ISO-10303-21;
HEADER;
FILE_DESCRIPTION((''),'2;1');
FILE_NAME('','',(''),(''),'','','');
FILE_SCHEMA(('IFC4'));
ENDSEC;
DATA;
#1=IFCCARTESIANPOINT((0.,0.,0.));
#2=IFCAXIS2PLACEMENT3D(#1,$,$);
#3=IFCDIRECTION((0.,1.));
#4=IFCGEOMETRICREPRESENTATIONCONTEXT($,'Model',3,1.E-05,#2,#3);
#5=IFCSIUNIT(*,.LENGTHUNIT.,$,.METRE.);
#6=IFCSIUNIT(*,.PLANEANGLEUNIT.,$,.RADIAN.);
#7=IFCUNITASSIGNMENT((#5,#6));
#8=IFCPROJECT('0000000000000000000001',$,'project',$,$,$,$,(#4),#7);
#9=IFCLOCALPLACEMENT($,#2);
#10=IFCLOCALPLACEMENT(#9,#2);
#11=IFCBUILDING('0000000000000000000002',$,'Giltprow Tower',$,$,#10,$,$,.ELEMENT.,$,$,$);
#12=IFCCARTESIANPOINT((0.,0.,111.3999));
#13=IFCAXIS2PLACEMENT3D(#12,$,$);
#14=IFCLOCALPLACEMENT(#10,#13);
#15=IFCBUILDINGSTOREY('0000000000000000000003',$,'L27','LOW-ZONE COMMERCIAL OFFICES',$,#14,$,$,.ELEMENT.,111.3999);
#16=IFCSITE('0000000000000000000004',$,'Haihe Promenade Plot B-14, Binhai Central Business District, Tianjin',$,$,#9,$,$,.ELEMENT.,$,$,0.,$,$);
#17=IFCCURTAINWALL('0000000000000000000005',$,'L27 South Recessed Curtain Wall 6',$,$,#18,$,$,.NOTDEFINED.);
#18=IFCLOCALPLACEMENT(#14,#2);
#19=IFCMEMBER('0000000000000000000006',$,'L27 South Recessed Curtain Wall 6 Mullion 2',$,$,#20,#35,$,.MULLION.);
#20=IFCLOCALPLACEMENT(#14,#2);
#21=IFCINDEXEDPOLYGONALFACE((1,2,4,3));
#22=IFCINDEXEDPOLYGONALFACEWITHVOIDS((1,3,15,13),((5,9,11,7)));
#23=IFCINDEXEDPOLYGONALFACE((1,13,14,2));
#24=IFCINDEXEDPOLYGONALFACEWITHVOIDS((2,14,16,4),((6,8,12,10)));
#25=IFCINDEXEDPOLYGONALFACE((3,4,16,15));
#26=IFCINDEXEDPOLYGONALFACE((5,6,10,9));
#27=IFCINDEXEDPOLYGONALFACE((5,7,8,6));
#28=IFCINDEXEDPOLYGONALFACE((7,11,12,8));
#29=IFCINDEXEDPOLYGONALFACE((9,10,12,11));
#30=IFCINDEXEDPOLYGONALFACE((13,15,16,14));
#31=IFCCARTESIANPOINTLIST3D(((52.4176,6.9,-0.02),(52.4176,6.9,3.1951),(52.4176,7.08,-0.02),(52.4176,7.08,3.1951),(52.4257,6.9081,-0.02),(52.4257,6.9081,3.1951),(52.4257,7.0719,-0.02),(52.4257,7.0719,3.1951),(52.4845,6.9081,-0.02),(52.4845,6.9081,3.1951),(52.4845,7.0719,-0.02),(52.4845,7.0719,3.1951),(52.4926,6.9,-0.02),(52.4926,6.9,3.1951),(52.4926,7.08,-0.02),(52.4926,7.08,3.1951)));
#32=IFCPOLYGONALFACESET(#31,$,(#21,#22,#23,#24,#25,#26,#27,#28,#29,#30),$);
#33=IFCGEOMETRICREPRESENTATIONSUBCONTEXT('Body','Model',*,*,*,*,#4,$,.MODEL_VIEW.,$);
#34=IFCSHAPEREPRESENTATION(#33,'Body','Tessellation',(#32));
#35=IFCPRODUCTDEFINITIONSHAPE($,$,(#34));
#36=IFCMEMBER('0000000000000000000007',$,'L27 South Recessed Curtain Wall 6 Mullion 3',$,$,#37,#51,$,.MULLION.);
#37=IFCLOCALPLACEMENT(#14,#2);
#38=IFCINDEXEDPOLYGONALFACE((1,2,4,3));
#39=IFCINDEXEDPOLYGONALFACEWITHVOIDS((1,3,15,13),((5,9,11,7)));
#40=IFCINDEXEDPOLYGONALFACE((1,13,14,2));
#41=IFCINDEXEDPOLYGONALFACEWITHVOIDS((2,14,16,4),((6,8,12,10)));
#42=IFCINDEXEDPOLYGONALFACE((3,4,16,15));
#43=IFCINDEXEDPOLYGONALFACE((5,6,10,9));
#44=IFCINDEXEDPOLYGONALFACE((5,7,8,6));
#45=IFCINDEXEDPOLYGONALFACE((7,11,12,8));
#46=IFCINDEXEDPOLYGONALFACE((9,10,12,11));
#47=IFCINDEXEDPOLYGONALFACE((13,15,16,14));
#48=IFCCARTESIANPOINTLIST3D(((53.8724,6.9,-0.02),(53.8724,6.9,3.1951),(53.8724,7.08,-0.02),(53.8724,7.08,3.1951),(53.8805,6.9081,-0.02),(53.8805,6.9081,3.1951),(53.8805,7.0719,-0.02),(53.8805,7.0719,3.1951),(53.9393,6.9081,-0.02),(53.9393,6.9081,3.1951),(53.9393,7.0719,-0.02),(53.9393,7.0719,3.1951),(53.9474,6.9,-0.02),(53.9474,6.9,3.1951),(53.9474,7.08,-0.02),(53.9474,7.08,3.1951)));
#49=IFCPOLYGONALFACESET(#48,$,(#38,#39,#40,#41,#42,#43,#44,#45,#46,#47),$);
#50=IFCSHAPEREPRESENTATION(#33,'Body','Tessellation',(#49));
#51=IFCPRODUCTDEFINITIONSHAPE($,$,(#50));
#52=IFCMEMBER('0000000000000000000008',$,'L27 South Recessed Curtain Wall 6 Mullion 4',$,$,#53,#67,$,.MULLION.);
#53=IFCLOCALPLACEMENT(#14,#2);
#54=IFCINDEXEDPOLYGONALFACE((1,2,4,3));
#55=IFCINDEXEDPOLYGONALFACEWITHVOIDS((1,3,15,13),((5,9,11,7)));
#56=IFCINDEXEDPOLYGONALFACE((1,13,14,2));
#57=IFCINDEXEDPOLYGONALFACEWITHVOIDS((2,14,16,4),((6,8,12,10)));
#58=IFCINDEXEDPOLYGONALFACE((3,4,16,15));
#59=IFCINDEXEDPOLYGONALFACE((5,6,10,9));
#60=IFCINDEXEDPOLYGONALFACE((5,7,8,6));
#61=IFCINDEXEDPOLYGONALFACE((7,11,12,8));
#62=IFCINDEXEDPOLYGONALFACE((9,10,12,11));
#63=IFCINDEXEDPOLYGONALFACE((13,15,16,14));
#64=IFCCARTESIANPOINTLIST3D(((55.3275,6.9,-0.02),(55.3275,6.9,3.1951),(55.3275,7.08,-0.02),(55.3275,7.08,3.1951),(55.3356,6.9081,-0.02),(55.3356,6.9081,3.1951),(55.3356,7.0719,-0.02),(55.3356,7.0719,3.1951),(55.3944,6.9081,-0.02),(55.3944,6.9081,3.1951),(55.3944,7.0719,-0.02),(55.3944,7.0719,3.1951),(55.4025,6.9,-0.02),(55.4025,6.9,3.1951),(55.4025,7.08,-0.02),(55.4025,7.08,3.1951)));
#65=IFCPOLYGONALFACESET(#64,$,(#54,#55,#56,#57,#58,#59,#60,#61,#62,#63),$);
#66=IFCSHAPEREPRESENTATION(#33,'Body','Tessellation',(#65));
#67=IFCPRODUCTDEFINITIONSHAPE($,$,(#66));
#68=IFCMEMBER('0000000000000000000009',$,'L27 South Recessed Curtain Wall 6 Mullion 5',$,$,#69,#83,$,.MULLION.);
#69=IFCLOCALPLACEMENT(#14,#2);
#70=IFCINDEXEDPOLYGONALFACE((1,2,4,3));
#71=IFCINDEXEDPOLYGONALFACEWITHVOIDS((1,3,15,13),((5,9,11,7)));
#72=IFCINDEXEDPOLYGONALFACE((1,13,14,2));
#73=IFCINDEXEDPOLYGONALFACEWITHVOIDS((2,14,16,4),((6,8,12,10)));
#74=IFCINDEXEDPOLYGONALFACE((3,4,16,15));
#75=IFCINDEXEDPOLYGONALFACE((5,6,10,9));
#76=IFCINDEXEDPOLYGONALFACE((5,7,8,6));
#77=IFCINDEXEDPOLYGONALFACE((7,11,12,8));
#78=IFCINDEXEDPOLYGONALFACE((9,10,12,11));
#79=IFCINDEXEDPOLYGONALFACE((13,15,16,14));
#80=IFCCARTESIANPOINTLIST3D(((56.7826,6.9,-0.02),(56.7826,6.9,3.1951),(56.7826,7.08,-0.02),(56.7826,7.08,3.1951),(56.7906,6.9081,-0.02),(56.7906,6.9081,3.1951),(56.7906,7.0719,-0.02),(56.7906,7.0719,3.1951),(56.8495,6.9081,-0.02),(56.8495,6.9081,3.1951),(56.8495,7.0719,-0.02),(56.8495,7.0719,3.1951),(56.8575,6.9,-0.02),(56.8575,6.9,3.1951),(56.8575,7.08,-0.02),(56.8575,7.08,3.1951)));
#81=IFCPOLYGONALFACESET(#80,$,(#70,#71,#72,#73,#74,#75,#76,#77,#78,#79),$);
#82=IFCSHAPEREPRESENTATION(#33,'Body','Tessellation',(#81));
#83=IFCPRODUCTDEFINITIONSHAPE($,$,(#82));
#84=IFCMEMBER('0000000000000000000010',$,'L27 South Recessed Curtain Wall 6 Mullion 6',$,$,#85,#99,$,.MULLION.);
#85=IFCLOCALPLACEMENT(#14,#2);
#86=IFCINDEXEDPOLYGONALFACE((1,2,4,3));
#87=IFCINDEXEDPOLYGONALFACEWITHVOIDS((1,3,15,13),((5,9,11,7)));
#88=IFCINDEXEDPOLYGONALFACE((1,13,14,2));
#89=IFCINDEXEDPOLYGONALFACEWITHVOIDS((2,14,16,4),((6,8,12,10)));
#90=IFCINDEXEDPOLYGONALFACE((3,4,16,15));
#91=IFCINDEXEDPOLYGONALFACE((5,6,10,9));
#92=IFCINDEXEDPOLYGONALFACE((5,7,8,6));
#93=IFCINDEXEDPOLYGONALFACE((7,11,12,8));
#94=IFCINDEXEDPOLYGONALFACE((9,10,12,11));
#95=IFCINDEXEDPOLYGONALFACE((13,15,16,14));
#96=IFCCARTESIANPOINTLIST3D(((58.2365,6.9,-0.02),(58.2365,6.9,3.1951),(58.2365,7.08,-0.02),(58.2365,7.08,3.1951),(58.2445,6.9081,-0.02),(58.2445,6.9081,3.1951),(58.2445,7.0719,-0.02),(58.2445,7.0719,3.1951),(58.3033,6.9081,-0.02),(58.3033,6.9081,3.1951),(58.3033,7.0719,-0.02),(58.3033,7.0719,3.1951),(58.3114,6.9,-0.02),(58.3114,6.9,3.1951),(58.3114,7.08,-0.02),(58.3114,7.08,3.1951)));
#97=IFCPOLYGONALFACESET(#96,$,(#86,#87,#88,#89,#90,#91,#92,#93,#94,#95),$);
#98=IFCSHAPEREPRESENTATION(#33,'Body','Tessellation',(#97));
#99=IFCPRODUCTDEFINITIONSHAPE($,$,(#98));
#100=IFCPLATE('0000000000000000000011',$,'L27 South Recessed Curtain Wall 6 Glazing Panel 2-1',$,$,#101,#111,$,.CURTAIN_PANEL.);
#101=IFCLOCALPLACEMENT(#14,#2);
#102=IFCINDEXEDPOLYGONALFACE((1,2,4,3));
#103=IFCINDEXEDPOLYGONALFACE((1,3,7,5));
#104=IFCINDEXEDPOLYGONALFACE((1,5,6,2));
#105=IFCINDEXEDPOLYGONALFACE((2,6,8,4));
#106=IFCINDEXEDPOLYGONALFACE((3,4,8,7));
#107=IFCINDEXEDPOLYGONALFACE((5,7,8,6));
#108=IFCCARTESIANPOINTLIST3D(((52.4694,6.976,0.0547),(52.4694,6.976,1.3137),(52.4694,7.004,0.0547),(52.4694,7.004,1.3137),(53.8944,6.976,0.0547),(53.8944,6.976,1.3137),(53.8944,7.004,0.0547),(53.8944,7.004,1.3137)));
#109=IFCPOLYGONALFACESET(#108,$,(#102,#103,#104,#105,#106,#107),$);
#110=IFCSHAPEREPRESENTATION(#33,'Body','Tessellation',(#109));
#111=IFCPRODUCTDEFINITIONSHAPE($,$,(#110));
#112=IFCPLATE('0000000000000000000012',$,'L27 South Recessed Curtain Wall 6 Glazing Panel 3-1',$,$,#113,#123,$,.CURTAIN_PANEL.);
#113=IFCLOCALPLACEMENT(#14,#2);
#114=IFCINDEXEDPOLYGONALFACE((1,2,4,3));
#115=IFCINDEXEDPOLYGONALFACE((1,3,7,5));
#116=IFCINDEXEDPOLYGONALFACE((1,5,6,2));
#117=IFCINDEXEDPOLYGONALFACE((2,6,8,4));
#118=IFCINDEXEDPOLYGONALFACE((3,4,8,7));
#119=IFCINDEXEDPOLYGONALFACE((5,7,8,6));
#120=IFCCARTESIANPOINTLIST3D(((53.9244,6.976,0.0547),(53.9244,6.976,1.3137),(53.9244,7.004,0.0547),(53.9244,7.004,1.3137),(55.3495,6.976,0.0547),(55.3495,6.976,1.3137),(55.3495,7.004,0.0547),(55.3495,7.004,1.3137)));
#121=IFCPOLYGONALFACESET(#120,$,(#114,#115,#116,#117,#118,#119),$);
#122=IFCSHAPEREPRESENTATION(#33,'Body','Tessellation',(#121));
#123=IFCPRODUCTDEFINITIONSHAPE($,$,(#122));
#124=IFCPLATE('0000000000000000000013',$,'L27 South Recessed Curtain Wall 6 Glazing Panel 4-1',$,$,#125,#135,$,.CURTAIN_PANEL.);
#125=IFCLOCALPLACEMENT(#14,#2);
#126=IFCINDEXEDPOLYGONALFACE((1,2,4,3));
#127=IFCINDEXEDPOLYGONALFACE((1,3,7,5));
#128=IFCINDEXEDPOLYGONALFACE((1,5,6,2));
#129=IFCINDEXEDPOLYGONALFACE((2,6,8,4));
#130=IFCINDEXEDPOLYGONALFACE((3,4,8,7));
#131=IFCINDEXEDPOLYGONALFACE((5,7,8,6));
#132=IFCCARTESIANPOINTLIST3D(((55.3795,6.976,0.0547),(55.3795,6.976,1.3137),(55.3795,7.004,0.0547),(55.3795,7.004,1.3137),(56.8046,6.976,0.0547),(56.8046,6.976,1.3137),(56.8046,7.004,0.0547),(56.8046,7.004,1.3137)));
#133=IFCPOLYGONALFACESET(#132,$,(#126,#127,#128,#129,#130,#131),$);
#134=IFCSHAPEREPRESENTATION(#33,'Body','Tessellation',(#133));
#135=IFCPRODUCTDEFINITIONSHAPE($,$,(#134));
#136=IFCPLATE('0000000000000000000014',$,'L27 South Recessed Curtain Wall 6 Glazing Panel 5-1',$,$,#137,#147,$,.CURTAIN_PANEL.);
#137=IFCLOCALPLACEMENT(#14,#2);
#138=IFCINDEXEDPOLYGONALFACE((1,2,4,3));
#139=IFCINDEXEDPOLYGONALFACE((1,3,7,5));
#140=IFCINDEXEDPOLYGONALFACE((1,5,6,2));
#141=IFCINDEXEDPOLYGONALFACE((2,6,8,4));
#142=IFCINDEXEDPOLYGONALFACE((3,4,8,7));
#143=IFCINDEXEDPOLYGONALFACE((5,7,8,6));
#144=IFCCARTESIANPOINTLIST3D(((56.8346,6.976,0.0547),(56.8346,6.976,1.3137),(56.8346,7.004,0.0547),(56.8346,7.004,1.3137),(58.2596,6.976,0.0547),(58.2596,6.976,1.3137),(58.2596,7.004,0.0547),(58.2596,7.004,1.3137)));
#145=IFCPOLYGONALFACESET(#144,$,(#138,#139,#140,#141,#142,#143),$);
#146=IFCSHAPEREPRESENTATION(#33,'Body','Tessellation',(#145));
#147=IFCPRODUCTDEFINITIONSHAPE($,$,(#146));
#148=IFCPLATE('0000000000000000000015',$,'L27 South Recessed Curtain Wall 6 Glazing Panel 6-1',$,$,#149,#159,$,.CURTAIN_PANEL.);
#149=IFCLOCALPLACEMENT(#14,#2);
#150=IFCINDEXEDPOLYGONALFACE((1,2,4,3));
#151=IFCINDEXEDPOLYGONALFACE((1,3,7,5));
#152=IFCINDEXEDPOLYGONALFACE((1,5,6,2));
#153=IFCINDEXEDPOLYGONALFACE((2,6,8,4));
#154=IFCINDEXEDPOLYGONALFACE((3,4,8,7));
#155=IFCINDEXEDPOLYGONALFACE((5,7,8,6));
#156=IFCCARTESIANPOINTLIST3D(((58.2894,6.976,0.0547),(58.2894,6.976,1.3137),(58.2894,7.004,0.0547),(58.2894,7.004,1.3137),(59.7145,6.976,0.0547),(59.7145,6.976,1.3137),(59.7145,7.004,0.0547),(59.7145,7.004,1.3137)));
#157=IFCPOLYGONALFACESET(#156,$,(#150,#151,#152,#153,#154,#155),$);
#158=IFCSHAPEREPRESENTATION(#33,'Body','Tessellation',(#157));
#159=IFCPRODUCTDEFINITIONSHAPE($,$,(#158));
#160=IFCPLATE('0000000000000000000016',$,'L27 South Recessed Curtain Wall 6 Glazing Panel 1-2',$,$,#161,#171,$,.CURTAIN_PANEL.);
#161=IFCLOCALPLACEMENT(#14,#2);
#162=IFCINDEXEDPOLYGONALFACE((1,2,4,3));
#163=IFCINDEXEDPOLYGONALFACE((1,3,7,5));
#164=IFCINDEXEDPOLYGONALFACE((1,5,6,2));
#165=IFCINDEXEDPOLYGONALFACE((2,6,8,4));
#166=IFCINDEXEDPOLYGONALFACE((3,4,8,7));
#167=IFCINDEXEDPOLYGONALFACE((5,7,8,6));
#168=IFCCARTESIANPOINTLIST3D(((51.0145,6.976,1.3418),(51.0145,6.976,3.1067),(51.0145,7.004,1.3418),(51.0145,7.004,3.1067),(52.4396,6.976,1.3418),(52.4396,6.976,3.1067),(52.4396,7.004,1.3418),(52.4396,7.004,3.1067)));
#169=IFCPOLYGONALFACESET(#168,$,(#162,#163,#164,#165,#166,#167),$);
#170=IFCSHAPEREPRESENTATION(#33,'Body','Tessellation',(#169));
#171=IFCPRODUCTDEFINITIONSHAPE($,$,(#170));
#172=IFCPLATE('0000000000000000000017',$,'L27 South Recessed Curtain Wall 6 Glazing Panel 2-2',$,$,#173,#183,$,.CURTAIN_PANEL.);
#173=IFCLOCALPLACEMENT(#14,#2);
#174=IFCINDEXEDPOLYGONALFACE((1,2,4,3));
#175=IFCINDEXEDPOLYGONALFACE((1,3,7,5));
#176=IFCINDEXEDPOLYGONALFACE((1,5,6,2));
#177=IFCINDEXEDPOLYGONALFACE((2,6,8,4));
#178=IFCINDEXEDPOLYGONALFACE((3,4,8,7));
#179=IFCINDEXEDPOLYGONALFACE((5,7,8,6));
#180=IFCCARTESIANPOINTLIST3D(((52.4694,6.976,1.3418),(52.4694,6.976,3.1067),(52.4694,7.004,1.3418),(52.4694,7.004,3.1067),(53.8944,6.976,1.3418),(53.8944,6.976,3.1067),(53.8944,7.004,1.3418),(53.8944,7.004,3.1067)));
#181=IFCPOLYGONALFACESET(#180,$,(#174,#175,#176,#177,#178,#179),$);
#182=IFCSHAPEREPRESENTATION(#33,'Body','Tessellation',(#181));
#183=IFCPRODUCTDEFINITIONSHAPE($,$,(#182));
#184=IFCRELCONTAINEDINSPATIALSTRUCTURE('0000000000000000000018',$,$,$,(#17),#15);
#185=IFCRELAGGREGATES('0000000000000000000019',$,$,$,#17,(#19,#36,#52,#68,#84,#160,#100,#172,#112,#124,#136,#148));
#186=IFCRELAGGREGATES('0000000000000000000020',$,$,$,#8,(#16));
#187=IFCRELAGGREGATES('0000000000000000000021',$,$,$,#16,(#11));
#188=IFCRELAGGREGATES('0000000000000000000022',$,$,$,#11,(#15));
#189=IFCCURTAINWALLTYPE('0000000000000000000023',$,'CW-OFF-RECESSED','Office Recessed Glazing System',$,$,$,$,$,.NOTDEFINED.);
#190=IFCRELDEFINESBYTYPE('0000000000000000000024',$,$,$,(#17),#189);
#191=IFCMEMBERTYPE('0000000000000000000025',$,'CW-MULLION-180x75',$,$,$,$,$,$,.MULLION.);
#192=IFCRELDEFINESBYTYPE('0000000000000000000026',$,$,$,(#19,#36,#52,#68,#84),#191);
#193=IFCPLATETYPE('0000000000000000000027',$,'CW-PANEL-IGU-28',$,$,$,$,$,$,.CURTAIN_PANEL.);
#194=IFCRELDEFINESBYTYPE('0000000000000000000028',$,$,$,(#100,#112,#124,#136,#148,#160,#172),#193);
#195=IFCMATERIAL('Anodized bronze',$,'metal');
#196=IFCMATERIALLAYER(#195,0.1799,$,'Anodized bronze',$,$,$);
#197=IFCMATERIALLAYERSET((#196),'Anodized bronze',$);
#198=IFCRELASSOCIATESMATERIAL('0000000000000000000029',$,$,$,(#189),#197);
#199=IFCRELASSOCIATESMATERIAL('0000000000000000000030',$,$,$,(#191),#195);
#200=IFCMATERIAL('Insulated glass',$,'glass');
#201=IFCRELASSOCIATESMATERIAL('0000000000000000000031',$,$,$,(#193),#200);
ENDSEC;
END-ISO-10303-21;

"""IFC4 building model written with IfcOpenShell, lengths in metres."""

from ifc_helpers import new_model, si_unit, direction, frame, origin, origin_2d, place, context, subcontext, project, spatial, rectangle, hollow_rectangle, extrude, source, transform, mapped, material, layer, layer_set, material_profile, profile_set, type_object, element, aggregate, save


model = new_model("IFC4")

# Units and contexts
model_context = context("Model", 3, precision=1e-05, world=origin(), true_north=direction((0.0, 1.0)))
body_context = subcontext(model_context, "Body", "Model", "MODEL_VIEW")
ifc_project = project(units=[si_unit("LENGTHUNIT", "METRE"), si_unit("PLANEANGLEUNIT", "RADIAN")], contexts=[model_context])

# Site, building, storey
site_placement = place(None, origin())
site = spatial("IfcSite", under=ifc_project, at=site_placement, Name="Haihe Promenade Plot B-14, Binhai Central Business District, Tianjin", CompositionType="ELEMENT", RefElevation=0.0)
building_placement = place(site_placement, origin())
building = spatial("IfcBuilding", under=site, at=building_placement, Name="Giltprow Tower", CompositionType="ELEMENT")
storey_placement = place(building_placement, frame((0.0, 0.0, 111.3999)))
storey = spatial("IfcBuildingStorey", under=building, at=storey_placement, Name="L27", Description="LOW-ZONE COMMERCIAL OFFICES", CompositionType="ELEMENT", Elevation=111.3999)

# Curtain wall, members, plates
ifc_material_1 = material(Name="Anodized bronze", Category="metal")
ifc_layer = layer(ifc_material_1, 0.1799, Name="Anodized bronze")
ifc_layer_set = layer_set([ifc_layer], Name="Anodized bronze")
curtain_wall_type = type_object("IfcCurtainWallType", Name="CW-OFF-RECESSED", Description="Office Recessed Glazing System", PredefinedType="NOTDEFINED", material=ifc_layer_set)
curtain_wall_placement = place(storey_placement, origin())
curtain_wall = element("IfcCurtainWall", 1, at=curtain_wall_placement, inside=storey, type_object=curtain_wall_type, Name="L27 South Recessed Curtain Wall 6", PredefinedType="NOTDEFINED")
ifc_material_profile = material_profile(ifc_material_1, hollow_rectangle(XDim=0.075, YDim=0.1799, WallThickness=0.0081, at=origin_2d()), Name="RHS 180x75x8")
ifc_profile_set = profile_set([ifc_material_profile], Name="Anodized bronze")
member_type = type_object("IfcMemberType", Name="CW-MULLION-180x75", PredefinedType="MULLION", material=ifc_profile_set)
shared_shape_1 = source(origin(), body_context, "Body", "SweptSolid", [
    extrude(hollow_rectangle(XDim=0.075, YDim=0.1799, WallThickness=0.0081, at=origin_2d()), origin(), (0.0, 0.0, 1.0), 3.2151),
])
member_1_placement = place(storey_placement, frame((52.4551, 6.99, -0.02), z_axis=(0.0, 0.0, 1.0), x_axis=(1.0, 0.0, 0.0)))
member_1 = element("IfcMember", 2, at=member_1_placement, type_object=member_type, Name="L27 South Recessed Curtain Wall 6 Mullion 2", PredefinedType="MULLION", context=body_context, shape_type="MappedRepresentation", body=[
    mapped(shared_shape_1, transform((0.0, 0.0, 0.0), x_axis=(1.0, 0.0, 0.0), y_axis=(0.0, 1.0, 0.0), z_axis=(0.0, 0.0, 1.0), scale=1.0)),
])
member_2_placement = place(storey_placement, frame((53.9099, 6.99, -0.02), z_axis=(0.0, 0.0, 1.0), x_axis=(1.0, 0.0, 0.0)))
member_2 = element("IfcMember", 3, at=member_2_placement, type_object=member_type, Name="L27 South Recessed Curtain Wall 6 Mullion 3", PredefinedType="MULLION", context=body_context, shape_type="MappedRepresentation", body=[
    mapped(shared_shape_1, transform((0.0, 0.0, 0.0), x_axis=(1.0, 0.0, 0.0), y_axis=(0.0, 1.0, 0.0), z_axis=(0.0, 0.0, 1.0), scale=1.0)),
])
member_3_placement = place(storey_placement, frame((55.365, 6.99, -0.02), z_axis=(0.0, 0.0, 1.0), x_axis=(1.0, 0.0, 0.0)))
member_3 = element("IfcMember", 4, at=member_3_placement, type_object=member_type, Name="L27 South Recessed Curtain Wall 6 Mullion 4", PredefinedType="MULLION", context=body_context, shape_type="MappedRepresentation", body=[
    mapped(shared_shape_1, transform((0.0, 0.0, 0.0), x_axis=(1.0, 0.0, 0.0), y_axis=(0.0, 1.0, 0.0), z_axis=(0.0, 0.0, 1.0), scale=1.0)),
])
member_4_placement = place(storey_placement, frame((56.8201, 6.99, -0.02), z_axis=(0.0, 0.0, 1.0), x_axis=(1.0, 0.0, 0.0)))
member_4 = element("IfcMember", 5, at=member_4_placement, type_object=member_type, Name="L27 South Recessed Curtain Wall 6 Mullion 5", PredefinedType="MULLION", context=body_context, shape_type="MappedRepresentation", body=[
    mapped(shared_shape_1, transform((0.0, 0.0, 0.0), x_axis=(1.0, 0.0, 0.0), y_axis=(0.0, 1.0, 0.0), z_axis=(0.0, 0.0, 1.0), scale=1.0)),
])
member_5_placement = place(storey_placement, frame((58.2739, 6.99, -0.02), z_axis=(0.0, 0.0, 1.0), x_axis=(1.0, 0.0, 0.0)))
member_5 = element("IfcMember", 6, at=member_5_placement, type_object=member_type, Name="L27 South Recessed Curtain Wall 6 Mullion 6", PredefinedType="MULLION", context=body_context, shape_type="MappedRepresentation", body=[
    mapped(shared_shape_1, transform((0.0, 0.0, 0.0), x_axis=(1.0, 0.0, 0.0), y_axis=(0.0, 1.0, 0.0), z_axis=(0.0, 0.0, 1.0), scale=1.0)),
])
ifc_material_2 = material(Name="Insulated glass", Category="glass")
plate_type = type_object("IfcPlateType", Name="CW-PANEL-IGU-28", PredefinedType="CURTAIN_PANEL", material=ifc_material_2)
shared_shape_2 = source(origin(), body_context, "Body", "SweptSolid", [
    extrude(rectangle(XDim=1.425, YDim=0.0281, at=origin_2d()), origin(), (0.0, 0.0, 1.0), 1.259),
])
plate_1_placement = place(storey_placement, frame((53.1819, 6.99, 0.0547), z_axis=(0.0, 0.0, 1.0), x_axis=(1.0, 0.0, 0.0)))
plate_1 = element("IfcPlate", 7, at=plate_1_placement, type_object=plate_type, Name="L27 South Recessed Curtain Wall 6 Glazing Panel 2-1", PredefinedType="CURTAIN_PANEL", context=body_context, shape_type="MappedRepresentation", body=[
    mapped(shared_shape_2, transform((0.0, 0.0, 0.0), x_axis=(1.0, 0.0, 0.0), y_axis=(0.0, 1.0, 0.0), z_axis=(0.0, 0.0, 1.0), scale=1.0)),
])
plate_2_placement = place(storey_placement, frame((54.637, 6.99, 0.0547), z_axis=(0.0, 0.0, 1.0), x_axis=(1.0, 0.0, 0.0)))
plate_2 = element("IfcPlate", 8, at=plate_2_placement, type_object=plate_type, Name="L27 South Recessed Curtain Wall 6 Glazing Panel 3-1", PredefinedType="CURTAIN_PANEL", context=body_context, shape_type="MappedRepresentation", body=[
    mapped(shared_shape_2, transform((0.0, 0.0, 0.0), x_axis=(1.0, 0.0, 0.0), y_axis=(0.0, 1.0, 0.0), z_axis=(0.0, 0.0, 1.0), scale=1.0)),
])
plate_3_placement = place(storey_placement, frame((56.092, 6.99, 0.0547), z_axis=(0.0, 0.0, 1.0), x_axis=(1.0, 0.0, 0.0)))
plate_3 = element("IfcPlate", 9, at=plate_3_placement, type_object=plate_type, Name="L27 South Recessed Curtain Wall 6 Glazing Panel 4-1", PredefinedType="CURTAIN_PANEL", context=body_context, shape_type="MappedRepresentation", body=[
    mapped(shared_shape_2, transform((0.0, 0.0, 0.0), x_axis=(1.0, 0.0, 0.0), y_axis=(0.0, 1.0, 0.0), z_axis=(0.0, 0.0, 1.0), scale=1.0)),
])
plate_4_placement = place(storey_placement, frame((57.5471, 6.99, 0.0547), z_axis=(0.0, 0.0, 1.0), x_axis=(1.0, 0.0, 0.0)))
plate_4 = element("IfcPlate", 10, at=plate_4_placement, type_object=plate_type, Name="L27 South Recessed Curtain Wall 6 Glazing Panel 5-1", PredefinedType="CURTAIN_PANEL", context=body_context, shape_type="MappedRepresentation", body=[
    mapped(shared_shape_2, transform((0.0, 0.0, 0.0), x_axis=(1.0, 0.0, 0.0), y_axis=(0.0, 1.0, 0.0), z_axis=(0.0, 0.0, 1.0), scale=1.0)),
])
plate_5_placement = place(storey_placement, frame((59.002, 6.99, 0.0547), z_axis=(0.0, 0.0, 1.0), x_axis=(1.0, 0.0, 0.0)))
plate_5 = element("IfcPlate", 11, at=plate_5_placement, type_object=plate_type, Name="L27 South Recessed Curtain Wall 6 Glazing Panel 6-1", PredefinedType="CURTAIN_PANEL", context=body_context, shape_type="MappedRepresentation", body=[
    mapped(shared_shape_2, transform((0.0, 0.0, 0.0), x_axis=(1.0, 0.0, 0.0), y_axis=(0.0, 1.0, 0.0), z_axis=(0.0, 0.0, 1.0), scale=1.0)),
])
shared_shape_3 = source(origin(), body_context, "Body", "SweptSolid", [
    extrude(rectangle(XDim=1.425, YDim=0.0281, at=origin_2d()), origin(), (0.0, 0.0, 1.0), 1.7649),
])
plate_6_placement = place(storey_placement, frame((51.7271, 6.99, 1.3418), z_axis=(0.0, 0.0, 1.0), x_axis=(1.0, 0.0, 0.0)))
plate_6 = element("IfcPlate", 12, at=plate_6_placement, type_object=plate_type, Name="L27 South Recessed Curtain Wall 6 Glazing Panel 1-2", PredefinedType="CURTAIN_PANEL", context=body_context, shape_type="MappedRepresentation", body=[
    mapped(shared_shape_3, transform((0.0, 0.0, 0.0), x_axis=(1.0, 0.0, 0.0), y_axis=(0.0, 1.0, 0.0), z_axis=(0.0, 0.0, 1.0), scale=1.0)),
])
plate_7_placement = place(storey_placement, frame((53.1819, 6.99, 1.3418), z_axis=(0.0, 0.0, 1.0), x_axis=(1.0, 0.0, 0.0)))
plate_7 = element("IfcPlate", 13, at=plate_7_placement, type_object=plate_type, Name="L27 South Recessed Curtain Wall 6 Glazing Panel 2-2", PredefinedType="CURTAIN_PANEL", context=body_context, shape_type="MappedRepresentation", body=[
    mapped(shared_shape_3, transform((0.0, 0.0, 0.0), x_axis=(1.0, 0.0, 0.0), y_axis=(0.0, 1.0, 0.0), z_axis=(0.0, 0.0, 1.0), scale=1.0)),
])
aggregate(curtain_wall, [member_1, member_2, member_3, member_4, member_5, plate_6, plate_1, plate_7, plate_2, plate_3, plate_4, plate_5])

save(model, "model.ifc")
